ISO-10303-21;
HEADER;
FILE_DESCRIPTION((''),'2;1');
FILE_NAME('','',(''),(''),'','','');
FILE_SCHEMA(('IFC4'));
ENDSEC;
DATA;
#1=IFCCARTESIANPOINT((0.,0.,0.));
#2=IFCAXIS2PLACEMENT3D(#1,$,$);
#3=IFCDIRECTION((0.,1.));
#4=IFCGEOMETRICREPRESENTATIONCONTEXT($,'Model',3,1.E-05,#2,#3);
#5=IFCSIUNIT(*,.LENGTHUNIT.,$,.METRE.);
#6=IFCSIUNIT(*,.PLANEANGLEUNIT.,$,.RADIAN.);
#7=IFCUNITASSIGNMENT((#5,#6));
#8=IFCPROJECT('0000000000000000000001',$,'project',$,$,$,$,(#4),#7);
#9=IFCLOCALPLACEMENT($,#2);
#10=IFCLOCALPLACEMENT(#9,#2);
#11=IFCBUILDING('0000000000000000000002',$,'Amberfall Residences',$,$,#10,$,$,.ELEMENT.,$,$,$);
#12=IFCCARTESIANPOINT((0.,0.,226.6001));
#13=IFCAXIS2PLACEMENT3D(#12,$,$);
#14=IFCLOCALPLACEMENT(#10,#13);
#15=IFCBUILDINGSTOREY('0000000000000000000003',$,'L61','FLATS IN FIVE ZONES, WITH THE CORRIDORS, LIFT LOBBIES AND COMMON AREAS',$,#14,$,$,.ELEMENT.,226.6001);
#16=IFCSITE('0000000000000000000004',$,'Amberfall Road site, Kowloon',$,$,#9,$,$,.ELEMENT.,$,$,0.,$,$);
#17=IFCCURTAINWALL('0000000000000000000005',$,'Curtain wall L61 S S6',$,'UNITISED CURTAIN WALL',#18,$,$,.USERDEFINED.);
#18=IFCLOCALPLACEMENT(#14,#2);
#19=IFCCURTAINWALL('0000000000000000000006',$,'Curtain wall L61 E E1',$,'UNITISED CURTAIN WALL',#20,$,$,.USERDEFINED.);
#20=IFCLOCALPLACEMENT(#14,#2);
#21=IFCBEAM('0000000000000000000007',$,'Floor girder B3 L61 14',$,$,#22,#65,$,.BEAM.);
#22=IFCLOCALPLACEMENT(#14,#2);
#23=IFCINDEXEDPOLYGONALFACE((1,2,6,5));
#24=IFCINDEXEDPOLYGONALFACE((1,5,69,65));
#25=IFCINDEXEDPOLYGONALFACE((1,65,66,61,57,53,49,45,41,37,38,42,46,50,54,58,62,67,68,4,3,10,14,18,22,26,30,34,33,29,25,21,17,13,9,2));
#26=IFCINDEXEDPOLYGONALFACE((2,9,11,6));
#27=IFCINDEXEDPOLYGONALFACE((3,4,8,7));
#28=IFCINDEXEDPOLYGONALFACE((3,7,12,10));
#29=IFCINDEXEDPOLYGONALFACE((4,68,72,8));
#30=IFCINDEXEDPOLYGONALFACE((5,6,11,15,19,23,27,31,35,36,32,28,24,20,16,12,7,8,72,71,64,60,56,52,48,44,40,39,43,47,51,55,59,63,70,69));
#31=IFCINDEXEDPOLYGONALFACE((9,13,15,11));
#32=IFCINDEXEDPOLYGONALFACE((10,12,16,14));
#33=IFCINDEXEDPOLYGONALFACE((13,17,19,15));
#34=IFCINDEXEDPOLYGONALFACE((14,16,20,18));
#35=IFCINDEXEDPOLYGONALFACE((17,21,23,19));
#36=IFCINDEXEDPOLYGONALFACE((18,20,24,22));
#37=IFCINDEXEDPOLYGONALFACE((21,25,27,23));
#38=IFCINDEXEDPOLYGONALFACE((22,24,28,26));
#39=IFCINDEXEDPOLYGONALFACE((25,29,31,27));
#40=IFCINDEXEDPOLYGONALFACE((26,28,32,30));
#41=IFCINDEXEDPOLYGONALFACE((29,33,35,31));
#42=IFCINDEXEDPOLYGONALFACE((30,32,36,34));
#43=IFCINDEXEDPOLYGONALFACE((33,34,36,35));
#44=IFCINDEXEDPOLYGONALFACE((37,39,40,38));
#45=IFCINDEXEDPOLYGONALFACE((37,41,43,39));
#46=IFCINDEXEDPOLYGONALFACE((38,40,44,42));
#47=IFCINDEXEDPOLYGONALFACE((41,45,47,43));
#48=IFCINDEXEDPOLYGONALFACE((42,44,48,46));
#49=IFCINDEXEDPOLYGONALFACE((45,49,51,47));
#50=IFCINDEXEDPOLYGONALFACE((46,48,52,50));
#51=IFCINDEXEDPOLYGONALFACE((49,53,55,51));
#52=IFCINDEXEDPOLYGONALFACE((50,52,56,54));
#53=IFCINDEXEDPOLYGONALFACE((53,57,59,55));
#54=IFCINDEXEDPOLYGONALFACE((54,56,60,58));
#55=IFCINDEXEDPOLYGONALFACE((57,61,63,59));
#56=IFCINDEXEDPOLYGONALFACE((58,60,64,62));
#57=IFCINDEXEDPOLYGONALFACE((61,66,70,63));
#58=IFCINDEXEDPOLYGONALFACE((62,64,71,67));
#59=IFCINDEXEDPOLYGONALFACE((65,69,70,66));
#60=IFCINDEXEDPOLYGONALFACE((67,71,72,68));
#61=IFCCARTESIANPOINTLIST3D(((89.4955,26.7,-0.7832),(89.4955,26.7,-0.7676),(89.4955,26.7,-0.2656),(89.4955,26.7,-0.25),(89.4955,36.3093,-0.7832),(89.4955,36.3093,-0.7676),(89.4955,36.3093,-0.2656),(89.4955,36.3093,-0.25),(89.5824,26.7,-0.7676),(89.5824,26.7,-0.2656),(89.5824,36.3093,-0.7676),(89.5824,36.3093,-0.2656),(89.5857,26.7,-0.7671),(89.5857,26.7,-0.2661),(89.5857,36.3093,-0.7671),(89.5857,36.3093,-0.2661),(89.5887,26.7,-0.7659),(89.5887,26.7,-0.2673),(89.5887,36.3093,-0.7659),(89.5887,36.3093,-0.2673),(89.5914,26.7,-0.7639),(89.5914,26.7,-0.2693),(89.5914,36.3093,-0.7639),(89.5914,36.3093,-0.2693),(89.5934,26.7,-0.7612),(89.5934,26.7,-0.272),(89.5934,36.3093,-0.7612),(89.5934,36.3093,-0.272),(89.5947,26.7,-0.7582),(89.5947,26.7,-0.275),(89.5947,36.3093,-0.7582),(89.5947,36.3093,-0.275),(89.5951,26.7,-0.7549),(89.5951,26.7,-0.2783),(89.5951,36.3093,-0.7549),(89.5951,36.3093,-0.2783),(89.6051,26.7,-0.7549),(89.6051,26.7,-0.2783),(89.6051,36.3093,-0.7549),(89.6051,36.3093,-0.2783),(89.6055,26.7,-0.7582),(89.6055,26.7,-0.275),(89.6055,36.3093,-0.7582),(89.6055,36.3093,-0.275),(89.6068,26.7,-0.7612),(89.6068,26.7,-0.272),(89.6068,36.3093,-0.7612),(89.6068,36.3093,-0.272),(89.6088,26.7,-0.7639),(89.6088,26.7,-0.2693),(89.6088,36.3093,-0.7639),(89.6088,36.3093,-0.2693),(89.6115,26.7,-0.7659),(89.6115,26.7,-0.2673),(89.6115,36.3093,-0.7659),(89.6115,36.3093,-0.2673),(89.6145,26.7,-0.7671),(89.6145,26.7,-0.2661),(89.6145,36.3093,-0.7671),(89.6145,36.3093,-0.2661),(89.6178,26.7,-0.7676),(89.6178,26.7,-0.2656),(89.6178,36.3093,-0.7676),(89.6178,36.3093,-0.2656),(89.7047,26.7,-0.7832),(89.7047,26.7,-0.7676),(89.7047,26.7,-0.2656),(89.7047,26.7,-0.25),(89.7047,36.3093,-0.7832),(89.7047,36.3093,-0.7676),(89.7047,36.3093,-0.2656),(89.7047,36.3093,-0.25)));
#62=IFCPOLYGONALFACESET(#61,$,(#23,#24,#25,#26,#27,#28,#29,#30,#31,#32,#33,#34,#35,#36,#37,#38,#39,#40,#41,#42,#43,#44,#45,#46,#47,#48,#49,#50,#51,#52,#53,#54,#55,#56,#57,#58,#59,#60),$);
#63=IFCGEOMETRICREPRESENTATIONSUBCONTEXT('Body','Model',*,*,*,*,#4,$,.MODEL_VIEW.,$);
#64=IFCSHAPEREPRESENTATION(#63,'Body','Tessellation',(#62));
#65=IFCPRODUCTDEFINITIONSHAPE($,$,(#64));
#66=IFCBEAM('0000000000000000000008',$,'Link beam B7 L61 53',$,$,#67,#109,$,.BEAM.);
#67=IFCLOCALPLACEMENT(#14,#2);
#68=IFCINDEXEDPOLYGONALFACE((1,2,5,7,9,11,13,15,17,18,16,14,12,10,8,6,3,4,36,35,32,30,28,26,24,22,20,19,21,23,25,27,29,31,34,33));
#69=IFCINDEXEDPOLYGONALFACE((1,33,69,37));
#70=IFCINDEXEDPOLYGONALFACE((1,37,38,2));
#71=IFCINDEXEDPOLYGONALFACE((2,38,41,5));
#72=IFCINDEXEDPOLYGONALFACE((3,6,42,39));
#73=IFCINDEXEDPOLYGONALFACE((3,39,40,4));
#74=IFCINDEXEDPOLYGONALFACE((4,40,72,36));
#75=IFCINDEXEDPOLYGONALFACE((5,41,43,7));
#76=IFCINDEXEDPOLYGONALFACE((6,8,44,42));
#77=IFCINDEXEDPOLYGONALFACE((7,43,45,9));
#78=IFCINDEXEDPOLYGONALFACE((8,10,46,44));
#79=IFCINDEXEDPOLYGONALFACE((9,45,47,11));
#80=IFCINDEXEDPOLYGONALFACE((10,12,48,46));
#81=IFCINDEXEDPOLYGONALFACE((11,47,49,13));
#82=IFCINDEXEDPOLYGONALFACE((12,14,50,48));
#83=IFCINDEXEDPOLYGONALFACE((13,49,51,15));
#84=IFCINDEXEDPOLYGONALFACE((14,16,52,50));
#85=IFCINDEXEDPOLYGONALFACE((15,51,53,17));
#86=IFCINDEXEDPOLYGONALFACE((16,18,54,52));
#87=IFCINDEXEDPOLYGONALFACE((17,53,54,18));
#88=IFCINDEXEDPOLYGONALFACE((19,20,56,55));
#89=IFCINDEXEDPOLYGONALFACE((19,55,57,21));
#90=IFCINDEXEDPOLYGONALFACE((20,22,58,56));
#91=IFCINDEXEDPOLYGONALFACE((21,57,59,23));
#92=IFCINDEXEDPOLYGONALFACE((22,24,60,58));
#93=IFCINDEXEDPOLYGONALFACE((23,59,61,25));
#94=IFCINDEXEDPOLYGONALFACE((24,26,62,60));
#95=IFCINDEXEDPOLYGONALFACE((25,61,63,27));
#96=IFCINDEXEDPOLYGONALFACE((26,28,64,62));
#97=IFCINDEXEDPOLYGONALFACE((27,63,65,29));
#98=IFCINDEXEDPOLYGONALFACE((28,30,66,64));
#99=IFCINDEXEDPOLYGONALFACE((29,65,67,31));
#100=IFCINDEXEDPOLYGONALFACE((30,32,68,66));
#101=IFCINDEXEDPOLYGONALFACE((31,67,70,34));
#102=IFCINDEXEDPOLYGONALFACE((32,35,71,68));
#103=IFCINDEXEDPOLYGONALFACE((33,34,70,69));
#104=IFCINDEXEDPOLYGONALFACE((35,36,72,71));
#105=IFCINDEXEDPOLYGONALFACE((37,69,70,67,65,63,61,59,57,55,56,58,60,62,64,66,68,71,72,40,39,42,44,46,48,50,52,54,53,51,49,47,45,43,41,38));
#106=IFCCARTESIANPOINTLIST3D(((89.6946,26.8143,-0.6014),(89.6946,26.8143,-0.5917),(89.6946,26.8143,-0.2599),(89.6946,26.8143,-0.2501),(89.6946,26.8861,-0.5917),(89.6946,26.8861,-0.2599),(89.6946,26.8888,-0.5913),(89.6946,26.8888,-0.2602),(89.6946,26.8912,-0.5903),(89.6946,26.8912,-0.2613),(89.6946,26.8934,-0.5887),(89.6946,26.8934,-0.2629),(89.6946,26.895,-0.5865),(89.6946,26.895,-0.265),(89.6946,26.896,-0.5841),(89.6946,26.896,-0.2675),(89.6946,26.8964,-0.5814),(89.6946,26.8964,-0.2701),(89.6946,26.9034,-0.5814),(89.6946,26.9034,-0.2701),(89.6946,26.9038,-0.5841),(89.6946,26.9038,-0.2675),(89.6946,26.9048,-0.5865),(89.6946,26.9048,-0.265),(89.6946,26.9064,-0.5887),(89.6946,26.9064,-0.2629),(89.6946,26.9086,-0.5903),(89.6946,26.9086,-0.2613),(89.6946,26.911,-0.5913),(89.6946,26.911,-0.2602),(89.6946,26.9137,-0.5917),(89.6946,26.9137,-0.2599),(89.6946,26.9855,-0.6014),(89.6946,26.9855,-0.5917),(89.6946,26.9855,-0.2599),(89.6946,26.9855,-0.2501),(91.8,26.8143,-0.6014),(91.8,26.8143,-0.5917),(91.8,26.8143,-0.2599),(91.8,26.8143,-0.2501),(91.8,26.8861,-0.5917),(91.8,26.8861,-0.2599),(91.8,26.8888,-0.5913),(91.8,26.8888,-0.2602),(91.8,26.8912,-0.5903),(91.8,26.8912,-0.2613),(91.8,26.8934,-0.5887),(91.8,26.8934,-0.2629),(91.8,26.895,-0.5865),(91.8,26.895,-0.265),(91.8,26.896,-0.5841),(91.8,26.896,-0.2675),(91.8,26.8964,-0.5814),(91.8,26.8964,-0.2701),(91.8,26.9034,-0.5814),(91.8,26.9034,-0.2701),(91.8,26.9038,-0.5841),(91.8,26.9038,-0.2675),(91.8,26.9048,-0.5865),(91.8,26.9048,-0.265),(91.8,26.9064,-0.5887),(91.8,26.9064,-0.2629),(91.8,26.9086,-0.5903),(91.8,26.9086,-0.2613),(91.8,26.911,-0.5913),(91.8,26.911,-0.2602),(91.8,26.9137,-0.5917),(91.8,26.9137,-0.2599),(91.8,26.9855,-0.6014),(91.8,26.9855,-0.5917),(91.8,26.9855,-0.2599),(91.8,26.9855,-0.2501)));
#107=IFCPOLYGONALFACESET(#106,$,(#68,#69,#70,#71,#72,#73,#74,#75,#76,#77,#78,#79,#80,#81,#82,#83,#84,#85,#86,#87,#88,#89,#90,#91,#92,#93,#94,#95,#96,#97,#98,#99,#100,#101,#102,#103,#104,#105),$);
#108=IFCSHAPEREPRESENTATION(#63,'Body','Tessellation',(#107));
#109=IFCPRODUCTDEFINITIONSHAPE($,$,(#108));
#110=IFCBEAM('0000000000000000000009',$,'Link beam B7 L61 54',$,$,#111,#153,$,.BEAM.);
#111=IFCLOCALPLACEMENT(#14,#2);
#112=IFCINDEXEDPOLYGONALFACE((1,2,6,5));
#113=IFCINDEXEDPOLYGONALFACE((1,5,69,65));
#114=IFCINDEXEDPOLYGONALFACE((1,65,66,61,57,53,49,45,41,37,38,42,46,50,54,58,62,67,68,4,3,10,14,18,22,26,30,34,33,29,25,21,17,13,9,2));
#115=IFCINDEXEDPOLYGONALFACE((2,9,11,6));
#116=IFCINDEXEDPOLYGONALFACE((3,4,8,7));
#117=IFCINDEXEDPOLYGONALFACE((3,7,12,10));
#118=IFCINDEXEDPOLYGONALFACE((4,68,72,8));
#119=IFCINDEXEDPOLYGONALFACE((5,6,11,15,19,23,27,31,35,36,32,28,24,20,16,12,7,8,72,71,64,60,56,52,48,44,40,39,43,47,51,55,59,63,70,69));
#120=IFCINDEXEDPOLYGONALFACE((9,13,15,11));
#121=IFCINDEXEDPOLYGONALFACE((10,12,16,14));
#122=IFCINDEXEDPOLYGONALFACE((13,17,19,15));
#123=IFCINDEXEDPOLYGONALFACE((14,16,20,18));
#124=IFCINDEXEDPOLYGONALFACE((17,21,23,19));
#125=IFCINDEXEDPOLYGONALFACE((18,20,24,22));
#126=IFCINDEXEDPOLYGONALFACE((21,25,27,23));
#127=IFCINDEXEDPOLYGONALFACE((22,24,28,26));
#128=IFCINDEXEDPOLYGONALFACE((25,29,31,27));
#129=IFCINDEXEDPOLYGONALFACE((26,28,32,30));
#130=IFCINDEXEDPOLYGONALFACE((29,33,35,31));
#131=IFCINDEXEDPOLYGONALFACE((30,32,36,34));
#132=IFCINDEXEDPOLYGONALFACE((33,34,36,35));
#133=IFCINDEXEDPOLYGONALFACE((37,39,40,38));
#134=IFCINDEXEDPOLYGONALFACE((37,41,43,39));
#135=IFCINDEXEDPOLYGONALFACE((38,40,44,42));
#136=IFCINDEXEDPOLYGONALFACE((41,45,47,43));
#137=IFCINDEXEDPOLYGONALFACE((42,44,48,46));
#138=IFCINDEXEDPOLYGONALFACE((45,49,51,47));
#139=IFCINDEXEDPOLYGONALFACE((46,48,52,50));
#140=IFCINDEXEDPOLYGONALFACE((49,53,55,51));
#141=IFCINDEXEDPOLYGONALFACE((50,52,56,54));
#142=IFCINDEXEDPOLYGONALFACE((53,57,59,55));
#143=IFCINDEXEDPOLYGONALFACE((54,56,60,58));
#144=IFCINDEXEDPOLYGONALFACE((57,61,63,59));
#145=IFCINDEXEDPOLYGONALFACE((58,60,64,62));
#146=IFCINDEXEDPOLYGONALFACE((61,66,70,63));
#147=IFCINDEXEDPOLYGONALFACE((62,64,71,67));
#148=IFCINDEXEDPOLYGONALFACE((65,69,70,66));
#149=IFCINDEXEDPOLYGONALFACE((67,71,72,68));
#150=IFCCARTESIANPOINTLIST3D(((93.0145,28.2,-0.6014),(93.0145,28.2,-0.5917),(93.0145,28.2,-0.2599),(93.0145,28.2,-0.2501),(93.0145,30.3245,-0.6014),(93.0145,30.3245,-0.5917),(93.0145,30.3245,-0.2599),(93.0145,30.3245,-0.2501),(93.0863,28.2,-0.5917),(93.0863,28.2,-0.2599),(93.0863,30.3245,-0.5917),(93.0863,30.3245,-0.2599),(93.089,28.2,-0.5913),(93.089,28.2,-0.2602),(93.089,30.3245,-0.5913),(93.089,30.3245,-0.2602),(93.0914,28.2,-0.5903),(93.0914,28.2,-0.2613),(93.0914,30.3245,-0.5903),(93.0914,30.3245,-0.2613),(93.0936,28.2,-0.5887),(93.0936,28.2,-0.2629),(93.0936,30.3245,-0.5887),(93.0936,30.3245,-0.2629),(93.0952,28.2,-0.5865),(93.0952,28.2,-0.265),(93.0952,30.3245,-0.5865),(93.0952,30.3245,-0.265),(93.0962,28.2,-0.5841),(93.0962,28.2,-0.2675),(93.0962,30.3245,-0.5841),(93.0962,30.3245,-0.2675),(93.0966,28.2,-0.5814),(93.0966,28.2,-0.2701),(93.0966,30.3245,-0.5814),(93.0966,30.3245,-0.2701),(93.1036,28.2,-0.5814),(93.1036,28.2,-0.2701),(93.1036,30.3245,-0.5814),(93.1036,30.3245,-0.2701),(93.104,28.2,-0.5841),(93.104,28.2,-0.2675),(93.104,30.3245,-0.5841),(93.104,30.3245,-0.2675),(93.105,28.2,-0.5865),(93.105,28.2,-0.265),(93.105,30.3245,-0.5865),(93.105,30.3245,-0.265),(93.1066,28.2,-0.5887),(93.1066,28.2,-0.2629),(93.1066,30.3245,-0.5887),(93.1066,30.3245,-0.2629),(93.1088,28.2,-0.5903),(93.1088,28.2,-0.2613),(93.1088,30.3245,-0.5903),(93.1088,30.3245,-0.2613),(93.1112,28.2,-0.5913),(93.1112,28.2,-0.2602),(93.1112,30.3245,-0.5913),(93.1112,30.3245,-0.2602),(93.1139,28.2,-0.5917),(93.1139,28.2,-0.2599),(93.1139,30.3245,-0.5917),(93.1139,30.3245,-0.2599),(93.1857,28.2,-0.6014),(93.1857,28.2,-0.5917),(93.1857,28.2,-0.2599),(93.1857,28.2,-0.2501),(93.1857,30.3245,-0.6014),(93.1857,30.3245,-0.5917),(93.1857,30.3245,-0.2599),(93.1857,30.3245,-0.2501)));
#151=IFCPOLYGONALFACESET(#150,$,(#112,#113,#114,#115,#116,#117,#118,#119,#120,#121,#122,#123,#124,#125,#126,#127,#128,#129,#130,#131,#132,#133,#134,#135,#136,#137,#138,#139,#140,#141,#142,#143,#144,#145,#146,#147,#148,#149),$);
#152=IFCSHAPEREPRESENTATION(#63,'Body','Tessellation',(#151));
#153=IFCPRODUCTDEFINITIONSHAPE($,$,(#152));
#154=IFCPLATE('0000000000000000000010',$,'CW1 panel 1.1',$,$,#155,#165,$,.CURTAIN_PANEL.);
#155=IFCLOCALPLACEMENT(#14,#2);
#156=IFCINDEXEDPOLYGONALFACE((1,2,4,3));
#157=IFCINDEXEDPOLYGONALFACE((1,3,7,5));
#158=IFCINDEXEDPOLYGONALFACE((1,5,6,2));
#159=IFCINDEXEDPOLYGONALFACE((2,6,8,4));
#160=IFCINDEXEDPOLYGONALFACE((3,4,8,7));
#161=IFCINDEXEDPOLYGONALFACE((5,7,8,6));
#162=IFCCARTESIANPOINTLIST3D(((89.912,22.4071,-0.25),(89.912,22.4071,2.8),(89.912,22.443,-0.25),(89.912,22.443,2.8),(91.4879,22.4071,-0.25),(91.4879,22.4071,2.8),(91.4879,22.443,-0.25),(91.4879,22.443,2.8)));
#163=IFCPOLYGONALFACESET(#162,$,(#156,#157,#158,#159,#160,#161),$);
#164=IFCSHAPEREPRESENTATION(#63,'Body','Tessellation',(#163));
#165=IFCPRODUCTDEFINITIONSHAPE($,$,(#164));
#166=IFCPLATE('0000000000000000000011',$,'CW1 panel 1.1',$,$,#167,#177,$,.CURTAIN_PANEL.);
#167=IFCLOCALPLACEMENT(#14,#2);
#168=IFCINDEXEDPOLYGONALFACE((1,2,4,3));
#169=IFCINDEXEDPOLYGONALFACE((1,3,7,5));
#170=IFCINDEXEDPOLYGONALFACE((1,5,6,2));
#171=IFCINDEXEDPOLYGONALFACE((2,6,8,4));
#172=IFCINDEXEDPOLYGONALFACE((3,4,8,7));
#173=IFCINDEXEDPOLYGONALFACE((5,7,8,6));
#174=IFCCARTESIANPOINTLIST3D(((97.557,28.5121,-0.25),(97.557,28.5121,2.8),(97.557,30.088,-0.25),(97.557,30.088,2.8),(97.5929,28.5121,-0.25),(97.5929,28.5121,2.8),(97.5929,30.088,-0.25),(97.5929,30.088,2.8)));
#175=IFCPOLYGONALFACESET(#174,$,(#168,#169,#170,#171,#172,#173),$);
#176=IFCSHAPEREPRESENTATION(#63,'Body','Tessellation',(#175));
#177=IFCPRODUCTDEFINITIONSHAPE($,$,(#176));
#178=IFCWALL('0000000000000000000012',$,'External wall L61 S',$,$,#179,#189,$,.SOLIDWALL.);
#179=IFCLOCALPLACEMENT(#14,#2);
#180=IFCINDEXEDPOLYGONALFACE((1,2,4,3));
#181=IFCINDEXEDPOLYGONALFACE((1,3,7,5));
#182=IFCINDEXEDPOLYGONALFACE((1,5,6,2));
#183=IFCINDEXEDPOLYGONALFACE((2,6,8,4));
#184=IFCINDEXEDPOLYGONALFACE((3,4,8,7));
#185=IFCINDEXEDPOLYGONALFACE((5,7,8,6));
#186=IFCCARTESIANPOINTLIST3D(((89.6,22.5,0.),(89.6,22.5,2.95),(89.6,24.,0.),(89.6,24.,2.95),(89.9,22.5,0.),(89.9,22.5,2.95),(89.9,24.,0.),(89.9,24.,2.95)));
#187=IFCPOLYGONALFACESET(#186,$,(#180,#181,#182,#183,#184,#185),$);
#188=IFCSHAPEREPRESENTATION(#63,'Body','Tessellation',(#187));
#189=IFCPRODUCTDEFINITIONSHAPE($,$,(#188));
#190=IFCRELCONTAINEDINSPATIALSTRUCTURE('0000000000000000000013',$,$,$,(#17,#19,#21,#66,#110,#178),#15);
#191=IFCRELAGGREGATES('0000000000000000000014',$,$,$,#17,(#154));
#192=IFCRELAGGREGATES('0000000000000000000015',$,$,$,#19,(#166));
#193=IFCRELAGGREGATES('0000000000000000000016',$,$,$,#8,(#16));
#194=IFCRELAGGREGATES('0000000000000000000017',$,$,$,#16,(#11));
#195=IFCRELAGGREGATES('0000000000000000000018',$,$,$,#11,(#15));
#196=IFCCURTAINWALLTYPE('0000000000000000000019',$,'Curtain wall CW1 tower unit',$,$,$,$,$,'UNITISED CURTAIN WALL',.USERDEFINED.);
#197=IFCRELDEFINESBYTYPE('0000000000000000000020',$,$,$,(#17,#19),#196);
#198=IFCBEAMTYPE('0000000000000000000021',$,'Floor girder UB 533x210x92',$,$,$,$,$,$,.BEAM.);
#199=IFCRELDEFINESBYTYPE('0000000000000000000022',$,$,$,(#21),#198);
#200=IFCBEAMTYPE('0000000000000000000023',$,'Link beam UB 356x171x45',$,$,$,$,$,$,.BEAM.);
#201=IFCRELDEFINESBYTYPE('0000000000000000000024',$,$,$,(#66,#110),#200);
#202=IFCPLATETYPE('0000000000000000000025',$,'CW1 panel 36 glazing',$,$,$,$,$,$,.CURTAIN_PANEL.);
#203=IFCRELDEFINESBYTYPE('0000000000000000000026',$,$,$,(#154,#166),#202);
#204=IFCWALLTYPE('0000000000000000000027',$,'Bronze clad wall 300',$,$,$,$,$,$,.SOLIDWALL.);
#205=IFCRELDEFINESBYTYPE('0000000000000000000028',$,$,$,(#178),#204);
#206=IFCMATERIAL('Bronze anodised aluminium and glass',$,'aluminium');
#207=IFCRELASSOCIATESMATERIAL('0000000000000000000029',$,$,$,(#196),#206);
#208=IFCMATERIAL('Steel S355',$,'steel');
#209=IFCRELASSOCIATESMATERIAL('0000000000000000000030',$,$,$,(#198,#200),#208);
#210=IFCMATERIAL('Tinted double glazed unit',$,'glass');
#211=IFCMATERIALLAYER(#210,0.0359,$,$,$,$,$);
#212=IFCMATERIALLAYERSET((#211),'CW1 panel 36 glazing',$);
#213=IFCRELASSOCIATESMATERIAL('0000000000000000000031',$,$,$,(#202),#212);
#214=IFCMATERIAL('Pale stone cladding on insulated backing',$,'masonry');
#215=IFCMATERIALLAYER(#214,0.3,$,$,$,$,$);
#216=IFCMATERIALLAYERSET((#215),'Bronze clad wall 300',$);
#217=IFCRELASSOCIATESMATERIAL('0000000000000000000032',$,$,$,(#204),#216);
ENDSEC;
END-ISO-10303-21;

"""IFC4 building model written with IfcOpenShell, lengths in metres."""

from ifc_helpers import new_model, si_unit, direction, frame, frame_2d, origin, origin_2d, place, context, subcontext, project, spatial, rectangle, i_section, extrude, material, layer, layer_set, material_profile, profile_set, type_object, element, aggregate, save


model = new_model("IFC4")

# Units and contexts
model_context = context("Model", 3, precision=1e-05, world=origin(), true_north=direction((0.0, 1.0)))
body_context = subcontext(model_context, "Body", "Model", "MODEL_VIEW")
ifc_project = project(units=[si_unit("LENGTHUNIT", "METRE"), si_unit("PLANEANGLEUNIT", "RADIAN")], contexts=[model_context])

# Site, building, storey
site_placement = place(None, origin())
site = spatial("IfcSite", under=ifc_project, at=site_placement, Name="Amberfall Road site, Kowloon", CompositionType="ELEMENT", RefElevation=0.0)
building_placement = place(site_placement, origin())
building = spatial("IfcBuilding", under=site, at=building_placement, Name="Amberfall Residences", CompositionType="ELEMENT")
storey_placement = place(building_placement, frame((0.0, 0.0, 226.6001)))
storey = spatial("IfcBuildingStorey", under=building, at=storey_placement, Name="L61", Description="FLATS IN FIVE ZONES, WITH THE CORRIDORS, LIFT LOBBIES AND COMMON AREAS", CompositionType="ELEMENT", Elevation=226.6001)

# Curtain walls
ifc_material_1 = material(Name="Bronze anodised aluminium and glass", Category="aluminium")
curtain_wall_type = type_object("IfcCurtainWallType", Name="Curtain wall CW1 tower unit", ElementType="UNITISED CURTAIN WALL", PredefinedType="USERDEFINED", material=ifc_material_1)
curtain_wall_1_placement = place(storey_placement, origin())
curtain_wall_1 = element("IfcCurtainWall", 1, at=curtain_wall_1_placement, inside=storey, type_object=curtain_wall_type, Name="Curtain wall L61 S S6", ObjectType="UNITISED CURTAIN WALL", PredefinedType="USERDEFINED")
curtain_wall_2_placement = place(storey_placement, origin())
curtain_wall_2 = element("IfcCurtainWall", 2, at=curtain_wall_2_placement, inside=storey, type_object=curtain_wall_type, Name="Curtain wall L61 E E1", ObjectType="UNITISED CURTAIN WALL", PredefinedType="USERDEFINED")

# Shared definitions
ifc_material_2 = material(Name="Steel S355", Category="steel")

# Beams
ifc_material_profile_1 = material_profile(ifc_material_2, i_section(OverallWidth=0.2092, OverallDepth=0.5332, WebThickness=0.01, FlangeThickness=0.0156, FilletRadius=0.0127, at=origin_2d()), Name="UB 533x210x92")
ifc_profile_set_1 = profile_set([ifc_material_profile_1], Name="Steel S355")
beam_type_1 = type_object("IfcBeamType", Name="Floor girder UB 533x210x92", PredefinedType="BEAM", material=ifc_profile_set_1)
beam_1_placement = place(storey_placement, frame((89.6001, 26.7, -0.5166), z_axis=(0.0, 1.0, 0.0), x_axis=(-1.0, 0.0, 0.0)))
element("IfcBeam", 3, at=beam_1_placement, inside=storey, type_object=beam_type_1, Name="Floor girder B3 L61 14", PredefinedType="BEAM", context=body_context, shape_type="SweptSolid", body=[
    extrude(i_section(OverallWidth=0.2092, OverallDepth=0.5332, WebThickness=0.01, FlangeThickness=0.0156, FilletRadius=0.0127, at=origin_2d()), origin(), (0.0, 0.0, 1.0), 9.6094),
])
ifc_material_profile_2 = material_profile(ifc_material_2, i_section(OverallWidth=0.1711, OverallDepth=0.3513, WebThickness=0.0071, FlangeThickness=0.0098, FilletRadius=0.0103, at=origin_2d()), Name="UB 356x171x45")
ifc_profile_set_2 = profile_set([ifc_material_profile_2], Name="Steel S355")
beam_type_2 = type_object("IfcBeamType", Name="Link beam UB 356x171x45", PredefinedType="BEAM", material=ifc_profile_set_2)
beam_2_placement = place(storey_placement, frame((91.8, 26.8999, -0.4258), z_axis=(-1.0, 0.0, 0.0), x_axis=(0.0, -1.0, 0.0)))
element("IfcBeam", 4, at=beam_2_placement, inside=storey, type_object=beam_type_2, Name="Link beam B7 L61 53", PredefinedType="BEAM", context=body_context, shape_type="SweptSolid", body=[
    extrude(i_section(OverallWidth=0.1711, OverallDepth=0.3513, WebThickness=0.0071, FlangeThickness=0.0098, FilletRadius=0.0103, at=origin_2d()), origin(), (0.0, 0.0, 1.0), 2.1055),
])
beam_3_placement = place(storey_placement, frame((93.1001, 28.2, -0.4258), z_axis=(0.0, 1.0, 0.0), x_axis=(-1.0, 0.0, 0.0)))
element("IfcBeam", 5, at=beam_3_placement, inside=storey, type_object=beam_type_2, Name="Link beam B7 L61 54", PredefinedType="BEAM", context=body_context, shape_type="SweptSolid", body=[
    extrude(i_section(OverallWidth=0.1711, OverallDepth=0.3513, WebThickness=0.0071, FlangeThickness=0.0098, FilletRadius=0.0103, at=origin_2d()), origin(), (0.0, 0.0, 1.0), 2.1245),
])

# Plates
ifc_material_3 = material(Name="Tinted double glazed unit", Category="glass")
ifc_layer_1 = layer(ifc_material_3, 0.0359)
ifc_layer_set_1 = layer_set([ifc_layer_1], Name="CW1 panel 36 glazing")
plate_type = type_object("IfcPlateType", Name="CW1 panel 36 glazing", PredefinedType="CURTAIN_PANEL", material=ifc_layer_set_1)
plate_1_placement = place(storey_placement, frame((90.7, 22.425, -0.25), z_axis=(0.0, 0.0, 1.0), x_axis=(1.0, 0.0, 0.0)))
plate_1 = element("IfcPlate", 6, at=plate_1_placement, type_object=plate_type, Name="CW1 panel 1.1", PredefinedType="CURTAIN_PANEL", context=body_context, shape_type="SweptSolid", body=[
    extrude(rectangle(XDim=1.5759, YDim=0.0359, at=origin_2d()), origin(), (0.0, 0.0, 1.0), 3.05),
])
aggregate(curtain_wall_1, [plate_1])
plate_2_placement = place(storey_placement, frame((97.575, 29.3, -0.25), z_axis=(0.0, 0.0, 1.0), x_axis=(0.0, 1.0, 0.0)))
plate_2 = element("IfcPlate", 7, at=plate_2_placement, type_object=plate_type, Name="CW1 panel 1.1", PredefinedType="CURTAIN_PANEL", context=body_context, shape_type="SweptSolid", body=[
    extrude(rectangle(XDim=1.5759, YDim=0.0359, at=origin_2d()), origin(), (0.0, 0.0, 1.0), 3.05),
])
aggregate(curtain_wall_2, [plate_2])

# Wall
ifc_material_4 = material(Name="Pale stone cladding on insulated backing", Category="masonry")
ifc_layer_2 = layer(ifc_material_4, 0.3)
ifc_layer_set_2 = layer_set([ifc_layer_2], Name="Bronze clad wall 300")
wall_type_1 = type_object("IfcWallType", Name="Bronze clad wall 300", PredefinedType="SOLIDWALL", material=ifc_layer_set_2)
wall_1_placement = place(storey_placement, frame((89.75, 24.0, 0.0), z_axis=(0.0, 0.0, 1.0), x_axis=(0.0, -1.0, 0.0)))
element("IfcWall", 8, at=wall_1_placement, inside=storey, type_object=wall_type_1, Name="External wall L61 S", PredefinedType="SOLIDWALL", context=body_context, shape_type="SweptSolid", body=[
    extrude(rectangle(XDim=1.5, YDim=0.3, at=frame_2d((0.75, 0.0))), origin(), (0.0, 0.0, 1.0), 2.95),
])

save(model, "model.ifc")
